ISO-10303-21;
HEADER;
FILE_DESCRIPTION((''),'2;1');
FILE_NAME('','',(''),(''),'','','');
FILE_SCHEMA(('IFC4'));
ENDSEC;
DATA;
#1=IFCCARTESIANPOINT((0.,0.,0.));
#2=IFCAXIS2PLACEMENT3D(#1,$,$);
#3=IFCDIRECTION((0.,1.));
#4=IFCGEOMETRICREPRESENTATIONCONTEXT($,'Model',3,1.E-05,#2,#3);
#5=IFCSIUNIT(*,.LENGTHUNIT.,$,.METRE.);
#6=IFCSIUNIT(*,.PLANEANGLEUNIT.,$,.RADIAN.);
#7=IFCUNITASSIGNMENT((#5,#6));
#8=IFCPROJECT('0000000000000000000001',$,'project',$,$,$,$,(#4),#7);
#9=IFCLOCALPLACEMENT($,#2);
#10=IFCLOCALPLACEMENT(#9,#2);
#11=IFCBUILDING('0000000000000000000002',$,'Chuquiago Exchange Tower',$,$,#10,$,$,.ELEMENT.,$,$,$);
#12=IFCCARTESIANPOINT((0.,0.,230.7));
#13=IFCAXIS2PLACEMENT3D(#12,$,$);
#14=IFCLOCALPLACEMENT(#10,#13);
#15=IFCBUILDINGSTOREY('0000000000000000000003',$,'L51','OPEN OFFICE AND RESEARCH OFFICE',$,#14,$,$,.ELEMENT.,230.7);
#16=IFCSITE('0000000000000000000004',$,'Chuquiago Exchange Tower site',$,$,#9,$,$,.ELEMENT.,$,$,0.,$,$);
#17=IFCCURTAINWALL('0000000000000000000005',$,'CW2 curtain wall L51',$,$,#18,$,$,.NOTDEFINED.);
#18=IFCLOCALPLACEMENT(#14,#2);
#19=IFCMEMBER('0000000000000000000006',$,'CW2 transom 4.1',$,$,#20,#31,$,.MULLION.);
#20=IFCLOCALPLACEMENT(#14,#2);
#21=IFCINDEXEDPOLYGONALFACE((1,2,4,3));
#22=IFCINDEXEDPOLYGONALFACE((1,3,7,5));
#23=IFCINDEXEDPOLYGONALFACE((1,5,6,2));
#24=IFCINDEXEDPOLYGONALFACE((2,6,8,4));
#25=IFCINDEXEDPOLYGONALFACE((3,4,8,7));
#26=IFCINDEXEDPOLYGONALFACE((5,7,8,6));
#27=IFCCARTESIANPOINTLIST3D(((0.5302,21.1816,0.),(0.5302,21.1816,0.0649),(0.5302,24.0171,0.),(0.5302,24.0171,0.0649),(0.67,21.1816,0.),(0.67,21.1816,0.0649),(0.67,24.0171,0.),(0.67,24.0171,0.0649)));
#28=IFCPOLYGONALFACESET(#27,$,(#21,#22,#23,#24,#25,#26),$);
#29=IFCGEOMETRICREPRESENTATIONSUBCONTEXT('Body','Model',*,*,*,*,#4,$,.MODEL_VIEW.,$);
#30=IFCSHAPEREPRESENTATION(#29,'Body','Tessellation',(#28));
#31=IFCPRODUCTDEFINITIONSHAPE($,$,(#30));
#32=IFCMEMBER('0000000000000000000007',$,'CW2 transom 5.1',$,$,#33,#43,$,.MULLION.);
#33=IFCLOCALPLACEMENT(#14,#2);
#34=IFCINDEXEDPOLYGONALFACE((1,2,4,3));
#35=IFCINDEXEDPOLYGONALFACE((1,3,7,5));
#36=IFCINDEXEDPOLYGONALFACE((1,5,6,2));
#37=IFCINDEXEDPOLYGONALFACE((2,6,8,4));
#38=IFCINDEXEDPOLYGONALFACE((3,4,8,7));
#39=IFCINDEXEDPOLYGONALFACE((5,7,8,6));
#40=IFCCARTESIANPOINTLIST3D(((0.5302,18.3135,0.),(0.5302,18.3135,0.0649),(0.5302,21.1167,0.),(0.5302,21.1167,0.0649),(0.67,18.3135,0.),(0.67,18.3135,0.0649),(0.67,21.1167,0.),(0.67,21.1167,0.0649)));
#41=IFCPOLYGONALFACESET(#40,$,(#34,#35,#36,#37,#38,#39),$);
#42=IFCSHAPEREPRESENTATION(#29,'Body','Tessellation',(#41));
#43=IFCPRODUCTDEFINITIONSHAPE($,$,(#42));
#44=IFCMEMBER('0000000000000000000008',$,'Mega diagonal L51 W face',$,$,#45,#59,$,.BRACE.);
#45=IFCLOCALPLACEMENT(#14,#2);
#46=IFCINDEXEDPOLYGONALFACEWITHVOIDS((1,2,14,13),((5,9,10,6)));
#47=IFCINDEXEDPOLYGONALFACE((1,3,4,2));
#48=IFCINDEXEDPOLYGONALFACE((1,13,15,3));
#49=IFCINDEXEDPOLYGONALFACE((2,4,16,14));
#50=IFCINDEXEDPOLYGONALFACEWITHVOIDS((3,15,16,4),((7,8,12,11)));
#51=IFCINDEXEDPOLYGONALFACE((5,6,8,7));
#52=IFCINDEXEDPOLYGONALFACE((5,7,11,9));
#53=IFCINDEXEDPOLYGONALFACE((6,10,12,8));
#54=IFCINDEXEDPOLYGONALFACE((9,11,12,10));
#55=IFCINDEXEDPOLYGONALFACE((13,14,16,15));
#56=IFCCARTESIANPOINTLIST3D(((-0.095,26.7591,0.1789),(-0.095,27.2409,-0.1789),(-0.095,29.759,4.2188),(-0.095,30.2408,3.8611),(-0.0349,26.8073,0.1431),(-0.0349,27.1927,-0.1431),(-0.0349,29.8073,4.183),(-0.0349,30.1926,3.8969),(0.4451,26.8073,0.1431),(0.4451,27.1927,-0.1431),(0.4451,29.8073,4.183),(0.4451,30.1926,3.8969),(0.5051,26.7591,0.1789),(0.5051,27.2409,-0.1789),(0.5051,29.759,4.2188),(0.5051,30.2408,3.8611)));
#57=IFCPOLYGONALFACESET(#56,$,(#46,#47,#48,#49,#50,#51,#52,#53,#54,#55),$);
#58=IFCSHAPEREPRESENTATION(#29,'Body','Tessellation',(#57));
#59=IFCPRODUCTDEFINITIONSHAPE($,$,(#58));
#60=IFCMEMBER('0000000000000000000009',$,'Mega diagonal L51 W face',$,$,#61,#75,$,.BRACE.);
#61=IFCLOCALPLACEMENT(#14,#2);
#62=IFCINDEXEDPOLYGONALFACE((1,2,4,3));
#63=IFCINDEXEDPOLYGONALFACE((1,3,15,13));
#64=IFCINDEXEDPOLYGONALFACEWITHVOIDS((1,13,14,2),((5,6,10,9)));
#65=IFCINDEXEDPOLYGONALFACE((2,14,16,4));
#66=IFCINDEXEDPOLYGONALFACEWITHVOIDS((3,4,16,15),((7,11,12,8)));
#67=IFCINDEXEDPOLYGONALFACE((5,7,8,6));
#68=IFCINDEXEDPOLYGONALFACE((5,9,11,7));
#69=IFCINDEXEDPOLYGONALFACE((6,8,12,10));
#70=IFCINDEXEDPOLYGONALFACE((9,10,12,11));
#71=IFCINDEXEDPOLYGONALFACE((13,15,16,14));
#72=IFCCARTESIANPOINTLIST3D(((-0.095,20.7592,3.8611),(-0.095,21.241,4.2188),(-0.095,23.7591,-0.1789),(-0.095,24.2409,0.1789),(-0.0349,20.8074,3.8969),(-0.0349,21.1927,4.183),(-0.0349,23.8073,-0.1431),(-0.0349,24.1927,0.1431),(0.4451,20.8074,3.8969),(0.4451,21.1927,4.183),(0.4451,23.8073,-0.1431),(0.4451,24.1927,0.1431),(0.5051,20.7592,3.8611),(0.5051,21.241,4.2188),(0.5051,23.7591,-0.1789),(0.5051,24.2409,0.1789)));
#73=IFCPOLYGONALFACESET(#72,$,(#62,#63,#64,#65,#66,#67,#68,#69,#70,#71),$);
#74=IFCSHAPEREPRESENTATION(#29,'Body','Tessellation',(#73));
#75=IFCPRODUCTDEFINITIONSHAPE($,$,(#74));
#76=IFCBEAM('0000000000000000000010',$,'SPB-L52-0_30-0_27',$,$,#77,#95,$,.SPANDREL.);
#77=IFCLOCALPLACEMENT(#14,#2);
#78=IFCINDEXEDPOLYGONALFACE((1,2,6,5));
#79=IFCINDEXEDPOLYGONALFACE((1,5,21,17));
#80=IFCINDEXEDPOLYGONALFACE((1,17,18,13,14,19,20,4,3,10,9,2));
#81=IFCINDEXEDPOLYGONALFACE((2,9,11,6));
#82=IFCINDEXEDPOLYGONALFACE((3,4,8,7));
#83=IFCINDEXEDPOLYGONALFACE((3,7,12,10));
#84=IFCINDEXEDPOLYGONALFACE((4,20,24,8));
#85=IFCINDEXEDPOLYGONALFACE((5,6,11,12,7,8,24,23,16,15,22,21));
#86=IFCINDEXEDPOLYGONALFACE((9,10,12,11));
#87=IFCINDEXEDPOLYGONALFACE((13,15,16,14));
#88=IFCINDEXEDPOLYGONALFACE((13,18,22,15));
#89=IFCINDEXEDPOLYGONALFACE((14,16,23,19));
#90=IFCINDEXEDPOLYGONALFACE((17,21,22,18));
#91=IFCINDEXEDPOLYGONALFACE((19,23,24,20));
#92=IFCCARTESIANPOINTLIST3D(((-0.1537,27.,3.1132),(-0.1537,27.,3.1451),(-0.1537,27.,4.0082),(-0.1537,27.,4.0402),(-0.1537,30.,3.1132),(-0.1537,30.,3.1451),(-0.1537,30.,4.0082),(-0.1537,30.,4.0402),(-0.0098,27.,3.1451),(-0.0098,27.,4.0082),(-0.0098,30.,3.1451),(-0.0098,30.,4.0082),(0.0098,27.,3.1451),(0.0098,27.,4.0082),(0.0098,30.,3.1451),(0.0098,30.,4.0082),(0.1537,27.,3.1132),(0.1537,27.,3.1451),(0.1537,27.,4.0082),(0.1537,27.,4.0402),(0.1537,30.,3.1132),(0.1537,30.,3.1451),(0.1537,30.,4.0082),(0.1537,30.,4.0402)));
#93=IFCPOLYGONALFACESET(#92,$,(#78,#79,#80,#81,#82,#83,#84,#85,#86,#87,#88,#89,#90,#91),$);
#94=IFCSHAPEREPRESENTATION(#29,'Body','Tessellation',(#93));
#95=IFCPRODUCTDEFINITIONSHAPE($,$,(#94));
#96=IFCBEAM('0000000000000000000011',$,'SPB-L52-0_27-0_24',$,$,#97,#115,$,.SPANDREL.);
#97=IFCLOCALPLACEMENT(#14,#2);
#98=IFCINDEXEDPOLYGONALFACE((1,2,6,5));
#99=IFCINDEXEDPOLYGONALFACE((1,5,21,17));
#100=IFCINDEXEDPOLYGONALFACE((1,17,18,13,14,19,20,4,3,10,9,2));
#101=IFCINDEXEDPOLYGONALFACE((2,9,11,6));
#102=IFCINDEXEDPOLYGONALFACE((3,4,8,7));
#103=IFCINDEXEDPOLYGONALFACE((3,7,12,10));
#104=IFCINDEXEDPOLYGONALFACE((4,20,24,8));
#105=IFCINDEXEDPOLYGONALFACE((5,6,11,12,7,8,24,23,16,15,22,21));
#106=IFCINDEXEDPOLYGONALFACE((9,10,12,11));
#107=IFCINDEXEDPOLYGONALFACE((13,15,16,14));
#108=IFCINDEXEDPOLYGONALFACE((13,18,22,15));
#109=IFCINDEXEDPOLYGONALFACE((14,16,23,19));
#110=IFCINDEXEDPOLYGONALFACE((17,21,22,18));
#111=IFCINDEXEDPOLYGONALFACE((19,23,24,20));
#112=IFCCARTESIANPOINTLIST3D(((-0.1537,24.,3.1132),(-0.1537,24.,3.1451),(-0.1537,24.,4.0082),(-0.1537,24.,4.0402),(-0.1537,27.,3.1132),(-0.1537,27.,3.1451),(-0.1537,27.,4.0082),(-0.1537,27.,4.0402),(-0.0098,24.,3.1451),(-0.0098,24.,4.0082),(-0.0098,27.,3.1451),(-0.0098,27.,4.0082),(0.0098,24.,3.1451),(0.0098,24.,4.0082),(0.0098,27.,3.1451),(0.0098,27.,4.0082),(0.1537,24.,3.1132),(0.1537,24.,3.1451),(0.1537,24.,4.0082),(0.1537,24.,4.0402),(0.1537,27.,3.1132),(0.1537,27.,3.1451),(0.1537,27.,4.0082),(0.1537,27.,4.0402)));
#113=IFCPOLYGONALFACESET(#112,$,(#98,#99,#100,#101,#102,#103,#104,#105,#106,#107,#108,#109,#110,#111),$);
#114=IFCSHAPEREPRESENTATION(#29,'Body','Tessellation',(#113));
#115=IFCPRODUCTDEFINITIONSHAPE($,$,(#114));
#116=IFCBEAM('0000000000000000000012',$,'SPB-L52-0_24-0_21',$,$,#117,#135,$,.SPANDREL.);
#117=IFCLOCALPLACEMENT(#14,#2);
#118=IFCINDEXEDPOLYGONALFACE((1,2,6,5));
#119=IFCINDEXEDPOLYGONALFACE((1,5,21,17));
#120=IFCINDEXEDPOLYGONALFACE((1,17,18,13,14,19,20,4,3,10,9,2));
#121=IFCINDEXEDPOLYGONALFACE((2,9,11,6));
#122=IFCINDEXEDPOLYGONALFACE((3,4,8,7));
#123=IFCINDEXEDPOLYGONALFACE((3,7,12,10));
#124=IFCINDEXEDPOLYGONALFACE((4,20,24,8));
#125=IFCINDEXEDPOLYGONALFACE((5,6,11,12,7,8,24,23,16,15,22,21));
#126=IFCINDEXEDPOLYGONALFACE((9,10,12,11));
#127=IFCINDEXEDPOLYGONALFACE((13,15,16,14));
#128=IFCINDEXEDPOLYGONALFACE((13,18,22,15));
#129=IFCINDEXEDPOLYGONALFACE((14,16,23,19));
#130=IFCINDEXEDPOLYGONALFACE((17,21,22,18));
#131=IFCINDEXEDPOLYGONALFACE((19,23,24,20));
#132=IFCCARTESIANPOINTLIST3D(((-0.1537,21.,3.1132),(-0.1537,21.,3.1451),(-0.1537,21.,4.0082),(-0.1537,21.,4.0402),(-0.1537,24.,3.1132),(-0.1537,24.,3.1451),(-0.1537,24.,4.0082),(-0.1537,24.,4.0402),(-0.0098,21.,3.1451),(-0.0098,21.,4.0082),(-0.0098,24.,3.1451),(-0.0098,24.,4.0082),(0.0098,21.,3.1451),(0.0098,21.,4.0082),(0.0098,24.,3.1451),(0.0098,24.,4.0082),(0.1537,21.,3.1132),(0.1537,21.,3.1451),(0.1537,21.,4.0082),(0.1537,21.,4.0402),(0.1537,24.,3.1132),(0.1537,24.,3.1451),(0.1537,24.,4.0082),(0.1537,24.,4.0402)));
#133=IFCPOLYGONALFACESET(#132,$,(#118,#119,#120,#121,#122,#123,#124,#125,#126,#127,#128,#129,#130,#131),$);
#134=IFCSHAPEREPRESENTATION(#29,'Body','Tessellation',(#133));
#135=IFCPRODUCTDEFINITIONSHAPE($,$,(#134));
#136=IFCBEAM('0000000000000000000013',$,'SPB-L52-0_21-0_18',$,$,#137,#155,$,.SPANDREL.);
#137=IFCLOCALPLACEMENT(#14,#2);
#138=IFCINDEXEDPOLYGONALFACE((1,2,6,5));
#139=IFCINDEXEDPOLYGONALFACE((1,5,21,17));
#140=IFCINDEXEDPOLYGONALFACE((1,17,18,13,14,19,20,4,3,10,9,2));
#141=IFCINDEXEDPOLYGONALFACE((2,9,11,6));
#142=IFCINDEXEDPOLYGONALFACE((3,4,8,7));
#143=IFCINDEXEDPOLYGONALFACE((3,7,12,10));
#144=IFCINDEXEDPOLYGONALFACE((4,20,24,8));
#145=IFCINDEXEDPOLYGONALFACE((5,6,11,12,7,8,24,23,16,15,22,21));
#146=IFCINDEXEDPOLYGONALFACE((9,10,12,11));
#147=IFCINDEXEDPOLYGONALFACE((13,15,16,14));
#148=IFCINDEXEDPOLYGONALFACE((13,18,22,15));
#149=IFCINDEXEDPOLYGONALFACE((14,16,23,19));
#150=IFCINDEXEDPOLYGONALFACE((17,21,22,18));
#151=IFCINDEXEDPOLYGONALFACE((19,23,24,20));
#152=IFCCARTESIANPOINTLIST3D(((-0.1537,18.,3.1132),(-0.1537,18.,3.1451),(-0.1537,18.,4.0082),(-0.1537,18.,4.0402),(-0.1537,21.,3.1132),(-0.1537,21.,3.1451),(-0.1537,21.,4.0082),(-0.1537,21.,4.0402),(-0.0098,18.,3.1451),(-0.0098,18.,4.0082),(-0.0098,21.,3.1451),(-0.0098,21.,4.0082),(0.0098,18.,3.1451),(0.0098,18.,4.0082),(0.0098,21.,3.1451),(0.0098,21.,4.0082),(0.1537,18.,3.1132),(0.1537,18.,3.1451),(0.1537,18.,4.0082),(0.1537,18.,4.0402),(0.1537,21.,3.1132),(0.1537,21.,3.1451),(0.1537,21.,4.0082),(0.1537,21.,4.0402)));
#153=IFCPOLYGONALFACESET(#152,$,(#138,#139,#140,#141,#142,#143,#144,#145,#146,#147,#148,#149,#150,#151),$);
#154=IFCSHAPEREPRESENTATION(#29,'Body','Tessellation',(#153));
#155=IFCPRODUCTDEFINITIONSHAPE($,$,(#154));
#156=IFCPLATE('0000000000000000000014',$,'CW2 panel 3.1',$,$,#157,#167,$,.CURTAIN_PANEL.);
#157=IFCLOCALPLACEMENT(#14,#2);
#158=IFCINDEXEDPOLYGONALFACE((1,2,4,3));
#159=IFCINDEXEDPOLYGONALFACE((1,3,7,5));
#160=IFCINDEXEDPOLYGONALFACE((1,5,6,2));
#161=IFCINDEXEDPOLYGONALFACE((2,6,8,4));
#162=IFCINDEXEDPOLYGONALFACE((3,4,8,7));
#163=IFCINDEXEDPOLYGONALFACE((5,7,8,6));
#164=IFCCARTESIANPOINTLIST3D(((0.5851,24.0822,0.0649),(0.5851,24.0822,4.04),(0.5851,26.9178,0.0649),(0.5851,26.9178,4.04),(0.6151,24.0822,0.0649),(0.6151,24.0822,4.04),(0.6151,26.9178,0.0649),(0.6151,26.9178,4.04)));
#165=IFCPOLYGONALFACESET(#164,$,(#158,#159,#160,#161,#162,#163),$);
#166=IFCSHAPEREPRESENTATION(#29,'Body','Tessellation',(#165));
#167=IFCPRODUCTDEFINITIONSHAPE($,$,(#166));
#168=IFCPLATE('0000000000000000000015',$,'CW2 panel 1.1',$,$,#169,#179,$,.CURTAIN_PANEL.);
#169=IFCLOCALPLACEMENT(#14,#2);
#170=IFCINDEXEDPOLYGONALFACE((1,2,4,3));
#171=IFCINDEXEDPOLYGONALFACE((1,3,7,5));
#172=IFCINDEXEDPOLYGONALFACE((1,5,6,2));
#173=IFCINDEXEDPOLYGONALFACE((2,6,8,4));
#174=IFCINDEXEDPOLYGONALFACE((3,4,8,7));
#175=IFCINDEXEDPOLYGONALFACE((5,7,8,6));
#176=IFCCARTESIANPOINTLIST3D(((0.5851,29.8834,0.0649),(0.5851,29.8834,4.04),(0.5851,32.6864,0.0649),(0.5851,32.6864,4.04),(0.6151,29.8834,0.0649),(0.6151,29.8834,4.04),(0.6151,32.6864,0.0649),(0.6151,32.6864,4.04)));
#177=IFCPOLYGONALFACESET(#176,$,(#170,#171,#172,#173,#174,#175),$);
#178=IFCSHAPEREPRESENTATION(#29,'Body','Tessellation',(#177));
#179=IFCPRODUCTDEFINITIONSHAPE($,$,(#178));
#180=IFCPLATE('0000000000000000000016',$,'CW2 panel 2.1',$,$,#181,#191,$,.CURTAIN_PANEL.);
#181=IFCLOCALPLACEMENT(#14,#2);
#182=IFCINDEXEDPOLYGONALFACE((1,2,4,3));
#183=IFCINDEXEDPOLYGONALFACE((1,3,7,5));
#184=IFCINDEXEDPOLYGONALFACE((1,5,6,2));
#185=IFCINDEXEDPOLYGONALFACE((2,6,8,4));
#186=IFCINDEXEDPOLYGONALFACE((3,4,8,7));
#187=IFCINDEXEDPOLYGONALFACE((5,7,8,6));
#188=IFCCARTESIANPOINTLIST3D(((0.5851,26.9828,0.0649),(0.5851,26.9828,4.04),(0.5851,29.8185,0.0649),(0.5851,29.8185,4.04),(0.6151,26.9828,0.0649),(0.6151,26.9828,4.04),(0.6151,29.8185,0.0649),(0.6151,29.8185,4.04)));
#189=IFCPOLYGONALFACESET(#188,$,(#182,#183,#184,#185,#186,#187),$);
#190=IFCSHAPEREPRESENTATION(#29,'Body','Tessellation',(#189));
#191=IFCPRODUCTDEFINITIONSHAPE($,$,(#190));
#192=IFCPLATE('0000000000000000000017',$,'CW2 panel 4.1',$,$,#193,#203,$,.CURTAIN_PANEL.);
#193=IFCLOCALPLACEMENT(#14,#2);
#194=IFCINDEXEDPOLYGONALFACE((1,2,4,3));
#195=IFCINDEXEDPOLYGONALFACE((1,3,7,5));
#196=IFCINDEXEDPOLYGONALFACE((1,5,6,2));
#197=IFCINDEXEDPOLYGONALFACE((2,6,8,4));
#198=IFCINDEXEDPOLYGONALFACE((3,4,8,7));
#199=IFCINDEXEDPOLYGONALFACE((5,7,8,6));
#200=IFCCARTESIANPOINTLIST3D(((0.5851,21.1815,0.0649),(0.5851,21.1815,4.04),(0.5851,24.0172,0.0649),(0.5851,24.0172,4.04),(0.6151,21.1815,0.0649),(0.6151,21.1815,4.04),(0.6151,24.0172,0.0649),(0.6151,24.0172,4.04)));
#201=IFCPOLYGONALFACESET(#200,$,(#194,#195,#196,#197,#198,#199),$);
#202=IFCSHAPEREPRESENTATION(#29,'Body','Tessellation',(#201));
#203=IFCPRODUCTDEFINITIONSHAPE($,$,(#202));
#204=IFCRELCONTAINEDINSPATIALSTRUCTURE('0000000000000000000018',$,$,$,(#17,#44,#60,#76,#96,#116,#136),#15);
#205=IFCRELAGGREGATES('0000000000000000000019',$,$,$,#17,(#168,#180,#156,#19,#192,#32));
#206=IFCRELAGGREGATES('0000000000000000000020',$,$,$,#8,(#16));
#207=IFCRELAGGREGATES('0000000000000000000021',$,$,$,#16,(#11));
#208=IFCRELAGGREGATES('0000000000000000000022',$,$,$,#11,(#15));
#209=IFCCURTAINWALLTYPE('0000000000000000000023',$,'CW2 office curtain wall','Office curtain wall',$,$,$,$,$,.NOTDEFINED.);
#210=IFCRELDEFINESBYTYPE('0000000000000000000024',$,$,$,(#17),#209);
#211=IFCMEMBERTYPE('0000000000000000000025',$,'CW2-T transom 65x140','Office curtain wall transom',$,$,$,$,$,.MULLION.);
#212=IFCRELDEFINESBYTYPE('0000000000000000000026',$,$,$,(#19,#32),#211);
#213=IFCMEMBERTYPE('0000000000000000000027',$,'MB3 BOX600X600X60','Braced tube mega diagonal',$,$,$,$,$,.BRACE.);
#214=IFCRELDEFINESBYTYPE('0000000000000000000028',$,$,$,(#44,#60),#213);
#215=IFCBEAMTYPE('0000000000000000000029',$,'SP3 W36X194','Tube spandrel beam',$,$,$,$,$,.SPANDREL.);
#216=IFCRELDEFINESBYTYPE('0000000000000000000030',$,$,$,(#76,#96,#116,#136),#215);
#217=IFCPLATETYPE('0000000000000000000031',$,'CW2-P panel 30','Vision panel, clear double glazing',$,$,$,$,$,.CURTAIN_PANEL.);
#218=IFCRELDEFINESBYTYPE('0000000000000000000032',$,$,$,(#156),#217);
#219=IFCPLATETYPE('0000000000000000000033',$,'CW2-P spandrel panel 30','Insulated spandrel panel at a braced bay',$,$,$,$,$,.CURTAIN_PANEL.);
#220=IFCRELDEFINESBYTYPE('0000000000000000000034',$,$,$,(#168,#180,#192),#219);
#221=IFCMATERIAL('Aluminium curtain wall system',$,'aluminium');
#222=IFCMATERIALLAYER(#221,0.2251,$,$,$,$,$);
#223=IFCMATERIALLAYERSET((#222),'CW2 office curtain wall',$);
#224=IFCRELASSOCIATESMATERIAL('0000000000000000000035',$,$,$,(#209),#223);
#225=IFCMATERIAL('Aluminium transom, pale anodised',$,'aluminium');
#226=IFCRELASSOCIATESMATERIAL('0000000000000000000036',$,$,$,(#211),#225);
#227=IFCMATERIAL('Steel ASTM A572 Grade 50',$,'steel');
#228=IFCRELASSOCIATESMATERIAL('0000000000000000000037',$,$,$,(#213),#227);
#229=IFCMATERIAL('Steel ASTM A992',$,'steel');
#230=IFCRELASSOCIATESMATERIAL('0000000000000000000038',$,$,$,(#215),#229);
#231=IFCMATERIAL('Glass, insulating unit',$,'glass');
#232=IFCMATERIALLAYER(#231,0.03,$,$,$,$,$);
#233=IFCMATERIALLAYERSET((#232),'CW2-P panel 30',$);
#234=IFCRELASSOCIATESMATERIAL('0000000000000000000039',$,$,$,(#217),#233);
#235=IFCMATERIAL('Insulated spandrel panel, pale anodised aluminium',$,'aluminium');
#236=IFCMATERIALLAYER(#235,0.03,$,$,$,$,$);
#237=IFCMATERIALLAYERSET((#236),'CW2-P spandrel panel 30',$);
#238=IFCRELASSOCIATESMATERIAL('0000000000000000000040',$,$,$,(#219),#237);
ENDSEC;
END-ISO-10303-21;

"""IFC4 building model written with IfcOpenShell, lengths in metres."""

from ifc_helpers import new_model, si_unit, direction, frame, origin, origin_2d, place, context, subcontext, project, spatial, rectangle, hollow_rectangle, i_section, extrude, material, layer, layer_set, material_profile, profile_set, type_object, element, aggregate, save


model = new_model("IFC4")

# Units and contexts
model_context = context("Model", 3, precision=1e-05, world=origin(), true_north=direction((0.0, 1.0)))
body_context = subcontext(model_context, "Body", "Model", "MODEL_VIEW")
ifc_project = project(units=[si_unit("LENGTHUNIT", "METRE"), si_unit("PLANEANGLEUNIT", "RADIAN")], contexts=[model_context])

# Site, building, storey
site_placement = place(None, origin())
site = spatial("IfcSite", under=ifc_project, at=site_placement, Name="Chuquiago Exchange Tower site", CompositionType="ELEMENT", RefElevation=0.0)
building_placement = place(site_placement, origin())
building = spatial("IfcBuilding", under=site, at=building_placement, Name="Chuquiago Exchange Tower", CompositionType="ELEMENT")
storey_placement = place(building_placement, frame((0.0, 0.0, 230.7)))
storey = spatial("IfcBuildingStorey", under=building, at=storey_placement, Name="L51", Description="OPEN OFFICE AND RESEARCH OFFICE", CompositionType="ELEMENT", Elevation=230.7)

# Curtain wall, members
ifc_material_1 = material(Name="Aluminium curtain wall system", Category="aluminium")
ifc_layer_1 = layer(ifc_material_1, 0.2251)
ifc_layer_set_1 = layer_set([ifc_layer_1], Name="CW2 office curtain wall")
curtain_wall_type = type_object("IfcCurtainWallType", Name="CW2 office curtain wall", Description="Office curtain wall", PredefinedType="NOTDEFINED", material=ifc_layer_set_1)
curtain_wall_placement = place(storey_placement, origin())
curtain_wall = element("IfcCurtainWall", 1, at=curtain_wall_placement, inside=storey, type_object=curtain_wall_type, Name="CW2 curtain wall L51", PredefinedType="NOTDEFINED")
ifc_material_2 = material(Name="Aluminium transom, pale anodised", Category="aluminium")
ifc_material_profile_1 = material_profile(ifc_material_2, rectangle(XDim=0.1399, YDim=0.0649, at=origin_2d()), Name="AL 140x65")
ifc_profile_set_1 = profile_set([ifc_material_profile_1], Name="Aluminium transom, pale anodised")
member_type_1 = type_object("IfcMemberType", Name="CW2-T transom 65x140", Description="Office curtain wall transom", PredefinedType="MULLION", material=ifc_profile_set_1)
member_1_placement = place(storey_placement, frame((0.6001, 24.0171, 0.0325), z_axis=(0.0, -1.0, 0.0), x_axis=(1.0, 0.0, 0.0)))
member_1 = element("IfcMember", 2, at=member_1_placement, type_object=member_type_1, Name="CW2 transom 4.1", PredefinedType="MULLION", context=body_context, shape_type="SweptSolid", body=[
    extrude(rectangle(XDim=0.1399, YDim=0.0649, at=origin_2d()), origin(), (0.0, 0.0, 1.0), 2.8354),
])
member_2_placement = place(storey_placement, frame((0.6001, 21.1167, 0.0325), z_axis=(0.0, -1.0, 0.0), x_axis=(1.0, 0.0, 0.0)))
member_2 = element("IfcMember", 3, at=member_2_placement, type_object=member_type_1, Name="CW2 transom 5.1", PredefinedType="MULLION", context=body_context, shape_type="SweptSolid", body=[
    extrude(rectangle(XDim=0.1399, YDim=0.0649, at=origin_2d()), origin(), (0.0, 0.0, 1.0), 2.8032),
])

# Members
ifc_material_3 = material(Name="Steel ASTM A572 Grade 50", Category="steel")
ifc_material_profile_2 = material_profile(ifc_material_3, hollow_rectangle(XDim=0.6001, YDim=0.6001, WallThickness=0.0601, at=origin_2d()), Name="BOX600X600X60")
ifc_profile_set_2 = profile_set([ifc_material_profile_2], Name="Steel ASTM A572 Grade 50")
member_type_2 = type_object("IfcMemberType", Name="MB3 BOX600X600X60", Description="Braced tube mega diagonal", PredefinedType="BRACE", material=ifc_profile_set_2)
for number, where, z_axis, x_axis, name in (
    (4, (0.2051, 27.0, 0.0), (0.0, 0.596174, 0.802855), (-1.0, 0.0, 0.0), "Mega diagonal L51 W face"),
    (5, (0.2051, 24.0, 0.0), (0.0, -0.596174, 0.802855), (1.0, 0.0, 0.0), "Mega diagonal L51 W face"),
):
    element("IfcMember", number, at=place(storey_placement, frame(where, z_axis=z_axis, x_axis=x_axis)), inside=storey, type_object=member_type_2, Name=name, PredefinedType="BRACE", context=body_context, shape_type="SweptSolid", body=[
        extrude(hollow_rectangle(XDim=0.6001, YDim=0.6001, WallThickness=0.0601, at=origin_2d()), origin(), (0.0, 0.0, 1.0), 5.032),
    ])

# Beams
ifc_material_4 = material(Name="Steel ASTM A992", Category="steel")
ifc_material_profile_3 = material_profile(ifc_material_4, i_section(OverallWidth=0.3074, OverallDepth=0.927, WebThickness=0.0195, FlangeThickness=0.032, at=origin_2d()), Name="W36X194")
ifc_profile_set_3 = profile_set([ifc_material_profile_3], Name="Steel ASTM A992")
beam_type = type_object("IfcBeamType", Name="SP3 W36X194", Description="Tube spandrel beam", PredefinedType="SPANDREL", material=ifc_profile_set_3)
for number, where, z_axis, x_axis, name in (
    (6, (0.0, 30.0, 3.5767), (0.0, -1.0, 0.0), (1.0, 0.0, 0.0), "SPB-L52-0_30-0_27"),
    (7, (0.0, 27.0, 3.5767), (0.0, -1.0, 0.0), (1.0, 0.0, 0.0), "SPB-L52-0_27-0_24"),
    (8, (0.0, 24.0, 3.5767), (0.0, -1.0, 0.0), (1.0, 0.0, 0.0), "SPB-L52-0_24-0_21"),
    (9, (0.0, 21.0, 3.5767), (0.0, -1.0, 0.0), (1.0, 0.0, 0.0), "SPB-L52-0_21-0_18"),
):
    element("IfcBeam", number, at=place(storey_placement, frame(where, z_axis=z_axis, x_axis=x_axis)), inside=storey, type_object=beam_type, Name=name, PredefinedType="SPANDREL", context=body_context, shape_type="SweptSolid", body=[
        extrude(i_section(OverallWidth=0.3074, OverallDepth=0.927, WebThickness=0.0195, FlangeThickness=0.032, at=origin_2d()), origin(), (0.0, 0.0, 1.0), 3.0),
    ])

# Plates
ifc_material_5 = material(Name="Glass, insulating unit", Category="glass")
ifc_layer_2 = layer(ifc_material_5, 0.03)
ifc_layer_set_2 = layer_set([ifc_layer_2], Name="CW2-P panel 30")
plate_type_1 = type_object("IfcPlateType", Name="CW2-P panel 30", Description="Vision panel, clear double glazing", PredefinedType="CURTAIN_PANEL", material=ifc_layer_set_2)
plate_1_placement = place(storey_placement, frame((0.6001, 25.5, 0.0649), z_axis=(0.0, 0.0, 1.0), x_axis=(0.0, -1.0, 0.0)))
plate_1 = element("IfcPlate", 10, at=plate_1_placement, type_object=plate_type_1, Name="CW2 panel 3.1", PredefinedType="CURTAIN_PANEL", context=body_context, shape_type="SweptSolid", body=[
    extrude(rectangle(XDim=2.8357, YDim=0.03, at=origin_2d()), origin(), (0.0, 0.0, 1.0), 3.9751),
])
ifc_material_6 = material(Name="Insulated spandrel panel, pale anodised aluminium", Category="aluminium")
ifc_layer_3 = layer(ifc_material_6, 0.03)
ifc_layer_set_3 = layer_set([ifc_layer_3], Name="CW2-P spandrel panel 30")
plate_type_2 = type_object("IfcPlateType", Name="CW2-P spandrel panel 30", Description="Insulated spandrel panel at a braced bay", PredefinedType="CURTAIN_PANEL", material=ifc_layer_set_3)
plate_2_placement = place(storey_placement, frame((0.6001, 31.2849, 0.0649), z_axis=(0.0, 0.0, 1.0), x_axis=(0.0, -1.0, 0.0)))
plate_2 = element("IfcPlate", 11, at=plate_2_placement, type_object=plate_type_2, Name="CW2 panel 1.1", PredefinedType="CURTAIN_PANEL", context=body_context, shape_type="SweptSolid", body=[
    extrude(rectangle(XDim=2.803, YDim=0.03, at=origin_2d()), origin(), (0.0, 0.0, 1.0), 3.9751),
])
plate_3_placement = place(storey_placement, frame((0.6001, 28.4006, 0.0649), z_axis=(0.0, 0.0, 1.0), x_axis=(0.0, -1.0, 0.0)))
plate_3 = element("IfcPlate", 12, at=plate_3_placement, type_object=plate_type_2, Name="CW2 panel 2.1", PredefinedType="CURTAIN_PANEL", context=body_context, shape_type="SweptSolid", body=[
    extrude(rectangle(XDim=2.8357, YDim=0.03, at=origin_2d()), origin(), (0.0, 0.0, 1.0), 3.9751),
])
plate_4_placement = place(storey_placement, frame((0.6001, 22.5994, 0.0649), z_axis=(0.0, 0.0, 1.0), x_axis=(0.0, -1.0, 0.0)))
plate_4 = element("IfcPlate", 13, at=plate_4_placement, type_object=plate_type_2, Name="CW2 panel 4.1", PredefinedType="CURTAIN_PANEL", context=body_context, shape_type="SweptSolid", body=[
    extrude(rectangle(XDim=2.8357, YDim=0.03, at=origin_2d()), origin(), (0.0, 0.0, 1.0), 3.9751),
])
aggregate(curtain_wall, [plate_2, plate_3, plate_1, member_1, plate_4, member_2])

save(model, "model.ifc")
